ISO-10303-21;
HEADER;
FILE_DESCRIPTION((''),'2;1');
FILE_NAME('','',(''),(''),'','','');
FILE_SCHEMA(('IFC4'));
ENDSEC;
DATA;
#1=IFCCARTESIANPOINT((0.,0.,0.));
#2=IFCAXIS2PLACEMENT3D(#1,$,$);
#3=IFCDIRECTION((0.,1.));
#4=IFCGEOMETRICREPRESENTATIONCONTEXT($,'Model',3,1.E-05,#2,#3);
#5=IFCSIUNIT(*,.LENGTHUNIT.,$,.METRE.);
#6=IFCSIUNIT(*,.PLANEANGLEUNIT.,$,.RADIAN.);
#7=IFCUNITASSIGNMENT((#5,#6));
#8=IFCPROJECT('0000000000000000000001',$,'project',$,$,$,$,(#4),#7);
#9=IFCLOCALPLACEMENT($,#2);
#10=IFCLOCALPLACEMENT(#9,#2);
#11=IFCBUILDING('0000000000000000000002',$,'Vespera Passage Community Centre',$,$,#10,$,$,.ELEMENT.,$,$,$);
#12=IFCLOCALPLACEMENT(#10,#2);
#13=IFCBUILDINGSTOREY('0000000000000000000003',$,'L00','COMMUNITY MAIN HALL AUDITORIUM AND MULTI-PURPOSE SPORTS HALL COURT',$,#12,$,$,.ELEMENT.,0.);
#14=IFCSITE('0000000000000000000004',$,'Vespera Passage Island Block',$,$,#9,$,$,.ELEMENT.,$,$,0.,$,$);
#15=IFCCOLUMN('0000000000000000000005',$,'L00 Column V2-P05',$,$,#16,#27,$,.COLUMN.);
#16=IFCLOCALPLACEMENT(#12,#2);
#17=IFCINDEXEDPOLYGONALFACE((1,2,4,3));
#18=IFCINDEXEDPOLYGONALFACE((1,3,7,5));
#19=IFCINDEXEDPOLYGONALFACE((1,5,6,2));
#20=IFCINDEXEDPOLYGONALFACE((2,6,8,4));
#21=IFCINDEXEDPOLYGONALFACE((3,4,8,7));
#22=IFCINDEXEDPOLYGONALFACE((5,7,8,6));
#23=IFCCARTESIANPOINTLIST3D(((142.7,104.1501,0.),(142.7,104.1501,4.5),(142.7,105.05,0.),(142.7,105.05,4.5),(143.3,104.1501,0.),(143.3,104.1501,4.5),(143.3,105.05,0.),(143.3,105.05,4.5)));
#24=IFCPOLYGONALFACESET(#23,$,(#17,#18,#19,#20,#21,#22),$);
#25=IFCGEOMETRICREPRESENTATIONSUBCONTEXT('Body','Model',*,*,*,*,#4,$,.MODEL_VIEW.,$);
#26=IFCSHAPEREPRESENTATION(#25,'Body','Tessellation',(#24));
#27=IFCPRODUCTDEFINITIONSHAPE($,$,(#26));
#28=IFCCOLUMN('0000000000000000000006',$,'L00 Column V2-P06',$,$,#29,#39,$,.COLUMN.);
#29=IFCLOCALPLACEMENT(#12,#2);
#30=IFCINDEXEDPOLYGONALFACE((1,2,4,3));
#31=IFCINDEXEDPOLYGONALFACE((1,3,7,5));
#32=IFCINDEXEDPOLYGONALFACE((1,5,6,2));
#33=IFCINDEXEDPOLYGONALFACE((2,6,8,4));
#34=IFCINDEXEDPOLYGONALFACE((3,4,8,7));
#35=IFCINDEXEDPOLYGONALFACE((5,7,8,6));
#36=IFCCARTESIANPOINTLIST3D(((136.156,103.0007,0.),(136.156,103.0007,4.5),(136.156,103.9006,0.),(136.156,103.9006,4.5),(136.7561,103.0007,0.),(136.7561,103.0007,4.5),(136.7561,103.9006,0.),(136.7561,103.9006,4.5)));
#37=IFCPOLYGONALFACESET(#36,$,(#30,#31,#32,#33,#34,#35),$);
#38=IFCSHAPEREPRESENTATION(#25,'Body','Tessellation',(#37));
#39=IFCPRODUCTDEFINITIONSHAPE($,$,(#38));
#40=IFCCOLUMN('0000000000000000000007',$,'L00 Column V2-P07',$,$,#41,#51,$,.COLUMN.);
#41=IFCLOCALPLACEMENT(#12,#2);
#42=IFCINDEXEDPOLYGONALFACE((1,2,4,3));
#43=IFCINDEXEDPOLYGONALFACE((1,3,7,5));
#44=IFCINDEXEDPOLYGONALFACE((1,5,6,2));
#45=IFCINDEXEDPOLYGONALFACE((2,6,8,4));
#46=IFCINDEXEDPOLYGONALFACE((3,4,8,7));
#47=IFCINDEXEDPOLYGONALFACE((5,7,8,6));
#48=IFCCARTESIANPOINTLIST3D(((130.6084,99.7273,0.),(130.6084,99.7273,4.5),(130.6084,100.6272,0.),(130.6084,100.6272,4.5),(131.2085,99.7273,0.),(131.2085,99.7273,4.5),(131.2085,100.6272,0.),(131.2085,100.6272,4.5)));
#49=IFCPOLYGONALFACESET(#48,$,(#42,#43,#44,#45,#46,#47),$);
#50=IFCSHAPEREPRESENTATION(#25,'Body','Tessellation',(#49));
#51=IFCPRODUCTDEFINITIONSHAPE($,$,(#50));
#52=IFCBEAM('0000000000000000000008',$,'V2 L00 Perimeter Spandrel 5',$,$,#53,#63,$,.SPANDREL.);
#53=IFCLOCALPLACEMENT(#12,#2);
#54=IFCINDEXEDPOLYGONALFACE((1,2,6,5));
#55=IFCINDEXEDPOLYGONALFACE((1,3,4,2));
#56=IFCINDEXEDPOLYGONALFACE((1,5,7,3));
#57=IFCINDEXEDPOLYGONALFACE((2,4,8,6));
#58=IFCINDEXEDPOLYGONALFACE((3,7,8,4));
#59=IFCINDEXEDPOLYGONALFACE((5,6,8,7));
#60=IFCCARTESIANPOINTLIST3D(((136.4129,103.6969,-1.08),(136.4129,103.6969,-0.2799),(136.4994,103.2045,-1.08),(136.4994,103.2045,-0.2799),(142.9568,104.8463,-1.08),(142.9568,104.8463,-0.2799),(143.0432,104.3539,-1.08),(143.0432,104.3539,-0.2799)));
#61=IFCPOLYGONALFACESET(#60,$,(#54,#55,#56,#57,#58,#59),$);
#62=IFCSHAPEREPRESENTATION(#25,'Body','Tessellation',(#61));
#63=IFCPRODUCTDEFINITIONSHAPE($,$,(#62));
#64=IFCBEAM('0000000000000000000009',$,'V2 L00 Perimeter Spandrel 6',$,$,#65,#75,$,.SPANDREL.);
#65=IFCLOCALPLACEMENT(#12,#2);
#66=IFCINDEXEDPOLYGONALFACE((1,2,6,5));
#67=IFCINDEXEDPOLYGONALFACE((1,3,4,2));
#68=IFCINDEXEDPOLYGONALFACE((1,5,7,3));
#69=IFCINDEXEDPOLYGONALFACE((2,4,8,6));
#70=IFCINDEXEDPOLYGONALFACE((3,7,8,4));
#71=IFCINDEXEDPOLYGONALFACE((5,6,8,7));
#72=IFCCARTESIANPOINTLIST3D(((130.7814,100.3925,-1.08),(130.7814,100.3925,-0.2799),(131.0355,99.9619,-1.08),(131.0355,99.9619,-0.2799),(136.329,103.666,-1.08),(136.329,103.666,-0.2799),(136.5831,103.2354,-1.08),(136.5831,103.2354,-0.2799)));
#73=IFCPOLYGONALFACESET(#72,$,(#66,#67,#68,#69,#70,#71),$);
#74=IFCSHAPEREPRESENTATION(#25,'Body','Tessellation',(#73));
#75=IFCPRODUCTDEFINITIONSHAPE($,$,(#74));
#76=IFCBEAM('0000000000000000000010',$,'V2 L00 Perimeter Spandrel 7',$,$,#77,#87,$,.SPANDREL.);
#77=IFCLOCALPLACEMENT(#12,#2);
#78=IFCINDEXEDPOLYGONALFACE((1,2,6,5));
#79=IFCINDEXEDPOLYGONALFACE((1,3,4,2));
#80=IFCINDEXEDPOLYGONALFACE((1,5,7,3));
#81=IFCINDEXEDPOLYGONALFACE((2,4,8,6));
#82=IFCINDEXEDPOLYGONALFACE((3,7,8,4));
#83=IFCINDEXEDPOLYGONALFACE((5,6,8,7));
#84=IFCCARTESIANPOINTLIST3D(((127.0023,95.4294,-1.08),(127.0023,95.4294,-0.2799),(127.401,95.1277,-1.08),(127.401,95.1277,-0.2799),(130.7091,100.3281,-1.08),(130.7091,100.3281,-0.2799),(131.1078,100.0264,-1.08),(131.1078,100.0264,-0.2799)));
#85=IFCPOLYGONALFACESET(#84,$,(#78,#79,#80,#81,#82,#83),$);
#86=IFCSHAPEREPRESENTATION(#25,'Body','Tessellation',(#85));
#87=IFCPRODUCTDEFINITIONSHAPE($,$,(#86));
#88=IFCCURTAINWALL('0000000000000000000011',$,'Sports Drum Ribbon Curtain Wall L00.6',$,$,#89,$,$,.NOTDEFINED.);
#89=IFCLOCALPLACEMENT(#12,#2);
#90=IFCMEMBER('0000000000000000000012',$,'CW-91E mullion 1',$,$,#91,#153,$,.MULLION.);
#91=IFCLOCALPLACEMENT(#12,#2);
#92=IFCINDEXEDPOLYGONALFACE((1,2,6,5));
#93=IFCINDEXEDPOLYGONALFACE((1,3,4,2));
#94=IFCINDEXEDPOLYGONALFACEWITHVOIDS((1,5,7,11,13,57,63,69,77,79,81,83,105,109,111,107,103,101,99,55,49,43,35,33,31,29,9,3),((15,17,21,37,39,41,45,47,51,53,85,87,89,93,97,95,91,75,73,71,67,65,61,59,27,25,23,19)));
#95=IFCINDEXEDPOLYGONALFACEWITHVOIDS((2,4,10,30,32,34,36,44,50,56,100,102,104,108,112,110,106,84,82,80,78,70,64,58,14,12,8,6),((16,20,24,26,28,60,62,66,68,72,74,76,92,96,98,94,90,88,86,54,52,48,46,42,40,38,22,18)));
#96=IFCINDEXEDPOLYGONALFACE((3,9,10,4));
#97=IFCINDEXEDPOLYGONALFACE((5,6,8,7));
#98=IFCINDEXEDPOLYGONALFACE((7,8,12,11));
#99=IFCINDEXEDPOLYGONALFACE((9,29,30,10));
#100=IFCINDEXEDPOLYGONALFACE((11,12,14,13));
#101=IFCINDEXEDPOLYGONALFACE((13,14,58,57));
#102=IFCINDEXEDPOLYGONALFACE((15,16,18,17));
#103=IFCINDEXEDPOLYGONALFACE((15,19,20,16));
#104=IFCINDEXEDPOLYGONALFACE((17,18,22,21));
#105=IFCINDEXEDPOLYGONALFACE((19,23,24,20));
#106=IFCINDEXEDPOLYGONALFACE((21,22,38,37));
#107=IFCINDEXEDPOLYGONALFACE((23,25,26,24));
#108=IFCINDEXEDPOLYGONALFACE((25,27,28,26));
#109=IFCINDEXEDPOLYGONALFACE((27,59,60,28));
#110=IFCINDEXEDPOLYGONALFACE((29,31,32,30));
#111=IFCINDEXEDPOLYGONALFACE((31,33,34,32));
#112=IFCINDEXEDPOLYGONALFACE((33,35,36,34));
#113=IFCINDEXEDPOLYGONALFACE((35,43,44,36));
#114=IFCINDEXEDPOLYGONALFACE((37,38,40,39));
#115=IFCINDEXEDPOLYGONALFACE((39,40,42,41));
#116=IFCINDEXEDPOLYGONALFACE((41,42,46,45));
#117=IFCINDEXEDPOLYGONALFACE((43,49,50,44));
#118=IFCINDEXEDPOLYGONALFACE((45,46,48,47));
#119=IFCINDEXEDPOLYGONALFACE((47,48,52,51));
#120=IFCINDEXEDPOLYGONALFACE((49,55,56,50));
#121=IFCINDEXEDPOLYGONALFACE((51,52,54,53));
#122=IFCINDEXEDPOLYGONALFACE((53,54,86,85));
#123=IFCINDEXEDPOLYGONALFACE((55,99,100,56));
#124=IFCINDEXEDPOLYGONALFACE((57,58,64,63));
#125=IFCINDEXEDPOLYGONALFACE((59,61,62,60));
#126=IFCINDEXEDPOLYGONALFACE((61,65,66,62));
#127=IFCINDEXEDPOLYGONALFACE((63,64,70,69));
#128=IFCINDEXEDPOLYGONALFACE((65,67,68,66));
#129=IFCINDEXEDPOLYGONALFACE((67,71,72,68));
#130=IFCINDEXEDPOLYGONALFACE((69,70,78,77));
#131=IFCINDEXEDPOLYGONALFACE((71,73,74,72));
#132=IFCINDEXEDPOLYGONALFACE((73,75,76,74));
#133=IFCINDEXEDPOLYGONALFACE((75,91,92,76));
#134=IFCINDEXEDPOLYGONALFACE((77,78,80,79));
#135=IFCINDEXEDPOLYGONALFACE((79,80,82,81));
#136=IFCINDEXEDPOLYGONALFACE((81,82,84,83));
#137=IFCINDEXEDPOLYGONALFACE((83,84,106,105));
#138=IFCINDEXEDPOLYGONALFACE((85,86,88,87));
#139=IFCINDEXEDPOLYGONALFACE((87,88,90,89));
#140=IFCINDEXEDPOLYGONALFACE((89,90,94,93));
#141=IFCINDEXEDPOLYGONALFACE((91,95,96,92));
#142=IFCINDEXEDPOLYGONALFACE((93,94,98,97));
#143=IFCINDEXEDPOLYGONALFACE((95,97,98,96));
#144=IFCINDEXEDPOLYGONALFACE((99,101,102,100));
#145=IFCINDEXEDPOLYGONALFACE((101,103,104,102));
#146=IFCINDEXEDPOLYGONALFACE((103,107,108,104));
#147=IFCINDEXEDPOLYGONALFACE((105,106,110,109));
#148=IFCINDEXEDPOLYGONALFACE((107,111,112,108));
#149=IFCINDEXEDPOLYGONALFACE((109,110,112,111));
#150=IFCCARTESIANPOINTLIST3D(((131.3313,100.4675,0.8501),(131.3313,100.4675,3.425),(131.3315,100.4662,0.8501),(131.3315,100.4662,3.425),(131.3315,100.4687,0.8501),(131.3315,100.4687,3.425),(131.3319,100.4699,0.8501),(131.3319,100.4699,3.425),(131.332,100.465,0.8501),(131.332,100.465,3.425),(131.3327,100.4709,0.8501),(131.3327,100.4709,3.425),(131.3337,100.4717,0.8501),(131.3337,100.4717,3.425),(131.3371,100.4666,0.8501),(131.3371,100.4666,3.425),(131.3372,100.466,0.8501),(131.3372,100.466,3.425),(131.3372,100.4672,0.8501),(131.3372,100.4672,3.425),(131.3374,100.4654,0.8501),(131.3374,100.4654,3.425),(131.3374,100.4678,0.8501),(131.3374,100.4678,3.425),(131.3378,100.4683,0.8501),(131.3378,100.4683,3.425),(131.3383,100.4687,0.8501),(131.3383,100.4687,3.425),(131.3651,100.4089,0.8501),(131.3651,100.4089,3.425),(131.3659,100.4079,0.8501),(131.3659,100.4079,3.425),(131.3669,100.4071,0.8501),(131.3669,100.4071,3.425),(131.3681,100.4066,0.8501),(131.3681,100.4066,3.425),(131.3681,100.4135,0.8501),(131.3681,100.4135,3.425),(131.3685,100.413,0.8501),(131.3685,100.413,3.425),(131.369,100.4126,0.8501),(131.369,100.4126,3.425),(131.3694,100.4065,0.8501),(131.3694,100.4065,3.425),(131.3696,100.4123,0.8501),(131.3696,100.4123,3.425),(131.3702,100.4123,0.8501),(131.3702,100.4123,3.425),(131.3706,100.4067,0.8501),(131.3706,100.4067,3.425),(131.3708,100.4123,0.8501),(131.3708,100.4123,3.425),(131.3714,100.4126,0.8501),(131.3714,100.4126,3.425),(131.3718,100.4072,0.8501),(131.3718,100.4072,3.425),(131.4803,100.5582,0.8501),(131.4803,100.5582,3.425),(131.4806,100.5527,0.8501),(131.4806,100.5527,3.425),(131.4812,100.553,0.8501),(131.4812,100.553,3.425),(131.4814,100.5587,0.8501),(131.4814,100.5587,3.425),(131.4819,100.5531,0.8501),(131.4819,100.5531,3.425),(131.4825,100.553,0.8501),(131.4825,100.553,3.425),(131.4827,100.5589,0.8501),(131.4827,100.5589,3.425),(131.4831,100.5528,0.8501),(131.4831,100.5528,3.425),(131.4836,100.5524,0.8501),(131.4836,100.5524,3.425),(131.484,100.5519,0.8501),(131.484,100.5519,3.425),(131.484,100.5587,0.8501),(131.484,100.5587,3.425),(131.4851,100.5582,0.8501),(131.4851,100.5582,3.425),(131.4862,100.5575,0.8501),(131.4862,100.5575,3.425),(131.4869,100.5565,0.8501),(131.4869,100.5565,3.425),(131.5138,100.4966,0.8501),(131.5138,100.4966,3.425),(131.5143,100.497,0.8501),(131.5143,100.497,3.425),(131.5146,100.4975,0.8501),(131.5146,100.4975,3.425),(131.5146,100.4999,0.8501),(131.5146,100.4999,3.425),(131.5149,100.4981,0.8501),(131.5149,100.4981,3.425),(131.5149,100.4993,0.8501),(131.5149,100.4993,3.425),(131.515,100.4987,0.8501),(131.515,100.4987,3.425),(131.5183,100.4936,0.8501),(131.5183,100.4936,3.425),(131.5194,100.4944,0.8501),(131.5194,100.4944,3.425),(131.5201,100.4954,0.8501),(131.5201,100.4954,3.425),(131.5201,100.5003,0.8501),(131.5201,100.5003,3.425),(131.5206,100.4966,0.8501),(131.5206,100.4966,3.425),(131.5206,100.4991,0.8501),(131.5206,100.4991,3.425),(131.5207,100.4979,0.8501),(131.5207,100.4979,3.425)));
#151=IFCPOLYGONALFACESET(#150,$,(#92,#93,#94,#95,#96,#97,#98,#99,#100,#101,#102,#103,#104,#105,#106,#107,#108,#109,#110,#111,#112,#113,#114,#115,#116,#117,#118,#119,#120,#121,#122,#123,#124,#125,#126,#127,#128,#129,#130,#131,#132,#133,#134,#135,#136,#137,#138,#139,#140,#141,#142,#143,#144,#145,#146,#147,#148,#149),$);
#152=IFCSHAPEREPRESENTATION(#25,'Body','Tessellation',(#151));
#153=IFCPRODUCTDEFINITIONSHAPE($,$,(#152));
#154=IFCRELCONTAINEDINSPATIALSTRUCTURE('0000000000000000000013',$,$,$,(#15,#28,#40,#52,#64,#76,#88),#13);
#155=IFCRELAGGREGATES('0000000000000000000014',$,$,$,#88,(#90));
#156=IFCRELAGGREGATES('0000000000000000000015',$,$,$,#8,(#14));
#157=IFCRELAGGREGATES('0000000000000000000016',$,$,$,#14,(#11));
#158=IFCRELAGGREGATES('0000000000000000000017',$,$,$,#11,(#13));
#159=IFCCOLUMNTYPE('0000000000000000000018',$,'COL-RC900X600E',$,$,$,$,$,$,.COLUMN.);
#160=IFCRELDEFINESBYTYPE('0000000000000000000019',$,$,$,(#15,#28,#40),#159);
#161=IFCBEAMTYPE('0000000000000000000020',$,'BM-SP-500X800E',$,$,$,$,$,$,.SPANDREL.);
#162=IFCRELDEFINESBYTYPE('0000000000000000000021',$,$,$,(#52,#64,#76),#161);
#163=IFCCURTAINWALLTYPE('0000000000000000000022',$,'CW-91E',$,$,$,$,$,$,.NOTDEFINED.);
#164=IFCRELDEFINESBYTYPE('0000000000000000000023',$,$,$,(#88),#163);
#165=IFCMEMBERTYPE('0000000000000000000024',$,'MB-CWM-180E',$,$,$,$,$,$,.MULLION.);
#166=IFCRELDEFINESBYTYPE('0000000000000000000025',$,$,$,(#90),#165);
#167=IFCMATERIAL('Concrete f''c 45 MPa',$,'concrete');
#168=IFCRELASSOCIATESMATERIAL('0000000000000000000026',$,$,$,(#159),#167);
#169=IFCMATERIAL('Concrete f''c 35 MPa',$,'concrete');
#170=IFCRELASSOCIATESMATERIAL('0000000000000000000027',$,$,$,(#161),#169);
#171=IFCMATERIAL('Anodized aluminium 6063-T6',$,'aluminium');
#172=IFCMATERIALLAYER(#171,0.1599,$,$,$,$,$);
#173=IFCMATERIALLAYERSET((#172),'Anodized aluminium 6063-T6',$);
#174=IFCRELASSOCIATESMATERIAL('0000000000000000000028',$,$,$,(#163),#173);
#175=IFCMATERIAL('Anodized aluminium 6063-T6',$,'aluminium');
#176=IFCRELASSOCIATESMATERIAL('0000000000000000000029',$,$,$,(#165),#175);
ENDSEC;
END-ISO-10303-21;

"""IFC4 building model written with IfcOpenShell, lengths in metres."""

from ifc_helpers import new_model, si_unit, direction, frame, origin, origin_2d, place, context, subcontext, project, spatial, rectangle, hollow_rectangle, extrude, material, layer, layer_set, material_profile, profile_set, type_object, element, aggregate, save


model = new_model("IFC4")

# Units and contexts
model_context = context("Model", 3, precision=1e-05, world=origin(), true_north=direction((0.0, 1.0)))
body_context = subcontext(model_context, "Body", "Model", "MODEL_VIEW")
ifc_project = project(units=[si_unit("LENGTHUNIT", "METRE"), si_unit("PLANEANGLEUNIT", "RADIAN")], contexts=[model_context])

# Site, building, storey
site_placement = place(None, origin())
site = spatial("IfcSite", under=ifc_project, at=site_placement, Name="Vespera Passage Island Block", CompositionType="ELEMENT", RefElevation=0.0)
building_placement = place(site_placement, origin())
building = spatial("IfcBuilding", under=site, at=building_placement, Name="Vespera Passage Community Centre", CompositionType="ELEMENT")
storey_placement = place(building_placement, origin())
storey = spatial("IfcBuildingStorey", under=building, at=storey_placement, Name="L00", Description="COMMUNITY MAIN HALL AUDITORIUM AND MULTI-PURPOSE SPORTS HALL COURT", CompositionType="ELEMENT", Elevation=0.0)

# Columns
ifc_material_1 = material(Name="Concrete f'c 45 MPa", Category="concrete")
ifc_material_profile_1 = material_profile(ifc_material_1, rectangle(XDim=0.6001, YDim=0.8999, at=origin_2d()), Name="RC900X600")
ifc_profile_set_1 = profile_set([ifc_material_profile_1], Name="Concrete f'c 45 MPa")
column_type = type_object("IfcColumnType", Name="COL-RC900X600E", PredefinedType="COLUMN", material=ifc_profile_set_1)
for number, where, z_axis, x_axis, name in (
    (1, (143.0, 104.6001, 0.0), (0.0, 0.0, 1.0), (1.0, 0.0, 0.0), "L00 Column V2-P05"),
    (2, (136.4561, 103.4507, 0.0), (0.0, 0.0, 1.0), (1.0, 0.0, 0.0), "L00 Column V2-P06"),
    (3, (130.9084, 100.1772, 0.0), (0.0, 0.0, 1.0), (1.0, 0.0, 0.0), "L00 Column V2-P07"),
):
    element("IfcColumn", number, at=place(storey_placement, frame(where, z_axis=z_axis, x_axis=x_axis)), inside=storey, type_object=column_type, Name=name, PredefinedType="COLUMN", context=body_context, shape_type="SweptSolid", body=[
        extrude(rectangle(XDim=0.6001, YDim=0.8999, at=origin_2d()), origin(), (0.0, 0.0, 1.0), 4.5),
    ])

# Beams
ifc_material_2 = material(Name="Concrete f'c 35 MPa", Category="concrete")
ifc_material_profile_2 = material_profile(ifc_material_2, rectangle(XDim=0.5, YDim=0.8, at=origin_2d()), Name="RC500X800")
ifc_profile_set_2 = profile_set([ifc_material_profile_2], Name="Concrete f'c 35 MPa")
beam_type = type_object("IfcBeamType", Name="BM-SP-500X800E", PredefinedType="SPANDREL", material=ifc_profile_set_2)
beam_1_placement = place(storey_placement, frame((143.0, 104.6001, -0.6799), z_axis=(-0.984922, -0.172997, 0.0), x_axis=(0.172997, -0.984922, 0.0)))
element("IfcBeam", 4, at=beam_1_placement, inside=storey, type_object=beam_type, Name="V2 L00 Perimeter Spandrel 5", PredefinedType="SPANDREL", context=body_context, shape_type="SweptSolid", body=[
    extrude(rectangle(XDim=0.5, YDim=0.8, at=origin_2d()), origin(), (0.0, 0.0, 1.0), 6.644),
])
beam_2_placement = place(storey_placement, frame((136.4561, 103.4507, -0.6799), z_axis=(-0.861246, -0.508189, 0.0), x_axis=(0.508189, -0.861246, 0.0)))
element("IfcBeam", 5, at=beam_2_placement, inside=storey, type_object=beam_type, Name="V2 L00 Perimeter Spandrel 6", PredefinedType="SPANDREL", context=body_context, shape_type="SweptSolid", body=[
    extrude(rectangle(XDim=0.5, YDim=0.8, at=origin_2d()), origin(), (0.0, 0.0, 1.0), 6.4414),
])
beam_3_placement = place(storey_placement, frame((130.9084, 100.1772, -0.6799), z_axis=(-0.603409, -0.797432, 0.0), x_axis=(0.797432, -0.603409, 0.0)))
element("IfcBeam", 6, at=beam_3_placement, inside=storey, type_object=beam_type, Name="V2 L00 Perimeter Spandrel 7", PredefinedType="SPANDREL", context=body_context, shape_type="SweptSolid", body=[
    extrude(rectangle(XDim=0.5, YDim=0.8, at=origin_2d()), origin(), (0.0, 0.0, 1.0), 6.1431),
])

# Curtain wall, member
ifc_material_3 = material(Name="Anodized aluminium 6063-T6", Category="aluminium")
ifc_layer_1 = layer(ifc_material_3, 0.1599)
ifc_layer_set_1 = layer_set([ifc_layer_1], Name="Anodized aluminium 6063-T6")
curtain_wall_type = type_object("IfcCurtainWallType", Name="CW-91E", PredefinedType="NOTDEFINED", material=ifc_layer_set_1)
curtain_wall_placement = place(storey_placement, origin())
curtain_wall = element("IfcCurtainWall", 7, at=curtain_wall_placement, inside=storey, type_object=curtain_wall_type, Name="Sports Drum Ribbon Curtain Wall L00.6", PredefinedType="NOTDEFINED")
ifc_material_4 = material(Name="Anodized aluminium 6063-T6", Category="aluminium")
ifc_material_profile_3 = material_profile(ifc_material_4, hollow_rectangle(XDim=0.075, YDim=0.1799, WallThickness=0.0049, InnerFilletRadius=0.0024, OuterFilletRadius=0.0049, at=origin_2d()), Name="ALU180X75X5")
ifc_profile_set_3 = profile_set([ifc_material_profile_3], Name="Anodized aluminium 6063-T6")
member_type_1 = type_object("IfcMemberType", Name="MB-CWM-180E", PredefinedType="MULLION", material=ifc_profile_set_3)
member_1_placement = place(storey_placement, frame((131.426, 100.4827, 0.8501), z_axis=(0.0, 0.0, 1.0), x_axis=(-0.50817, 0.861257, 0.0)))
member_1 = element("IfcMember", 8, at=member_1_placement, type_object=member_type_1, Name="CW-91E mullion 1", PredefinedType="MULLION", context=body_context, shape_type="SweptSolid", body=[
    extrude(hollow_rectangle(XDim=0.075, YDim=0.1799, WallThickness=0.0049, InnerFilletRadius=0.0024, OuterFilletRadius=0.0049, at=origin_2d()), origin(), (0.0, 0.0, 1.0), 2.575),
])
aggregate(curtain_wall, [member_1])

save(model, "model.ifc")
